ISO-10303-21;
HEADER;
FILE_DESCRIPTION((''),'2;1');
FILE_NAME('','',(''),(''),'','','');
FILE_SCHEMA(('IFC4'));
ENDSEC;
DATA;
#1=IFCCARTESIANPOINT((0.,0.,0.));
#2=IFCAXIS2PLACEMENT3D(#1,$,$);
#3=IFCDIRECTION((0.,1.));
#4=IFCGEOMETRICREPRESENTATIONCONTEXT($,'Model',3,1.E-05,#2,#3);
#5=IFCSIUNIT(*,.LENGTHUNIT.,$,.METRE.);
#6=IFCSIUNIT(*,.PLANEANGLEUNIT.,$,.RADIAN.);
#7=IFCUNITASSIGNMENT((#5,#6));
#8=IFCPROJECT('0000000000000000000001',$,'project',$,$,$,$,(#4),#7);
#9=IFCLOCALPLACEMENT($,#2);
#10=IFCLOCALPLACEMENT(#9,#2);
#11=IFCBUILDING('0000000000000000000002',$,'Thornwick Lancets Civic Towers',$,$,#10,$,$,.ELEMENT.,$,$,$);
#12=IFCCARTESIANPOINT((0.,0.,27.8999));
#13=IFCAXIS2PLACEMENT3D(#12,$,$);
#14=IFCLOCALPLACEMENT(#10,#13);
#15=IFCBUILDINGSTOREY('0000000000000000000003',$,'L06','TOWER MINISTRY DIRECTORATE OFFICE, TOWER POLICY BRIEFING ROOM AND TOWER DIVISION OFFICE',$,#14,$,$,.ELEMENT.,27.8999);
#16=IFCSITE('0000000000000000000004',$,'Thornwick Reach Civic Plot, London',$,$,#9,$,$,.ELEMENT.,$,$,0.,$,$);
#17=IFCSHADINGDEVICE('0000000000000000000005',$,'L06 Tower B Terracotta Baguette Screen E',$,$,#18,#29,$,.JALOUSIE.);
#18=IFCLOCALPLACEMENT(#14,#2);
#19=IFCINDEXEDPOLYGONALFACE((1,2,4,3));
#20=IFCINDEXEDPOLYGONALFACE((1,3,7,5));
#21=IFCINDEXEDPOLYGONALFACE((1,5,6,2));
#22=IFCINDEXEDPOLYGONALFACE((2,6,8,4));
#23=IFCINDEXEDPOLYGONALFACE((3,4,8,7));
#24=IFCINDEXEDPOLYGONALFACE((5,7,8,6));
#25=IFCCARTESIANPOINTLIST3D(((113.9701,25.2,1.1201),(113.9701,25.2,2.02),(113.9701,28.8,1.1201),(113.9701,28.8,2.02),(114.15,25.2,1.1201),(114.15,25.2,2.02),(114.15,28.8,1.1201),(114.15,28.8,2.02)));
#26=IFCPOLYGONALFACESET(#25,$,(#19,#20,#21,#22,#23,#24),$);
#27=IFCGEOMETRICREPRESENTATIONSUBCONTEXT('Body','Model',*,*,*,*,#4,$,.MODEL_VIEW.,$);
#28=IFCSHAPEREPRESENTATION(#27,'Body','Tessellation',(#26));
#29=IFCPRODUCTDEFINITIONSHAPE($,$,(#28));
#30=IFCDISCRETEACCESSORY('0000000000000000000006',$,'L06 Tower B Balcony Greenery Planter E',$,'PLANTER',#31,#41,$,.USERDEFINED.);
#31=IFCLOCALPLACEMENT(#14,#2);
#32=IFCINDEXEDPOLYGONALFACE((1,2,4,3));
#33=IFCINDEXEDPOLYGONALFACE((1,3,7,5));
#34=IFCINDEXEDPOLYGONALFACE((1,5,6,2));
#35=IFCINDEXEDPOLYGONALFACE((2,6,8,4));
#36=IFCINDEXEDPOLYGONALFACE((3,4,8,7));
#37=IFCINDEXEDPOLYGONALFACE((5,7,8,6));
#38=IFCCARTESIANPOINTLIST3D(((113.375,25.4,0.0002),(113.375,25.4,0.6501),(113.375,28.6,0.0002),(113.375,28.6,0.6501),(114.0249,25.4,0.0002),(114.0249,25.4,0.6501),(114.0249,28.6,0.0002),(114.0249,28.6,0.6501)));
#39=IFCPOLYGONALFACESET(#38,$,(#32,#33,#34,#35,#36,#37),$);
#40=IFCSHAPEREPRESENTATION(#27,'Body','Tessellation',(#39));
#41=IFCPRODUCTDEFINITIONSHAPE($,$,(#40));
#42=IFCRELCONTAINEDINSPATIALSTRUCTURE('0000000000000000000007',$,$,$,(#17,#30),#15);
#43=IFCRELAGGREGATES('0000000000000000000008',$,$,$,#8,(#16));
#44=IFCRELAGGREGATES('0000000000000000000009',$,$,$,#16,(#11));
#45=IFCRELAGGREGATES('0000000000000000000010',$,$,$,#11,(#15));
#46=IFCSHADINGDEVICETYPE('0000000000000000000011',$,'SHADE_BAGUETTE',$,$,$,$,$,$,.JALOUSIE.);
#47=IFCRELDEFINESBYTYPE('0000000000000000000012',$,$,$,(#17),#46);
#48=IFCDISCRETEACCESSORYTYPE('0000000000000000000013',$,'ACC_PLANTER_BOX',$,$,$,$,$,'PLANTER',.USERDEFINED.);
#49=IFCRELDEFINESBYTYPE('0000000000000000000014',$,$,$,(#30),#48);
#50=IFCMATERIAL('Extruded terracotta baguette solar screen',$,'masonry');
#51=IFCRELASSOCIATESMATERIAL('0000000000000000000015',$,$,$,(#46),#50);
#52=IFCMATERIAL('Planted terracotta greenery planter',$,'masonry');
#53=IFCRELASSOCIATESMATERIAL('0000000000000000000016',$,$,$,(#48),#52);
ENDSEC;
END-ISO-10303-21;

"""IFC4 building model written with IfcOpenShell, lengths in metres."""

from ifc_helpers import new_model, si_unit, direction, frame, origin, origin_2d, place, context, subcontext, project, spatial, rectangle, extrude, material, type_object, element, save


model = new_model("IFC4")

# Units and contexts
model_context = context("Model", 3, precision=1e-05, world=origin(), true_north=direction((0.0, 1.0)))
body_context = subcontext(model_context, "Body", "Model", "MODEL_VIEW")
ifc_project = project(units=[si_unit("LENGTHUNIT", "METRE"), si_unit("PLANEANGLEUNIT", "RADIAN")], contexts=[model_context])

# Site, building, storey
site_placement = place(None, origin())
site = spatial("IfcSite", under=ifc_project, at=site_placement, Name="Thornwick Reach Civic Plot, London", CompositionType="ELEMENT", RefElevation=0.0)
building_placement = place(site_placement, origin())
building = spatial("IfcBuilding", under=site, at=building_placement, Name="Thornwick Lancets Civic Towers", CompositionType="ELEMENT")
storey_placement = place(building_placement, frame((0.0, 0.0, 27.8999)))
storey = spatial("IfcBuildingStorey", under=building, at=storey_placement, Name="L06", Description="TOWER MINISTRY DIRECTORATE OFFICE, TOWER POLICY BRIEFING ROOM AND TOWER DIVISION OFFICE", CompositionType="ELEMENT", Elevation=27.8999)

# Shading device
ifc_material_1 = material(Name="Extruded terracotta baguette solar screen", Category="masonry")
shading_device_type = type_object("IfcShadingDeviceType", Name="SHADE_BAGUETTE", PredefinedType="JALOUSIE", material=ifc_material_1)
shading_device_placement = place(storey_placement, frame((114.0601, 27.0, 1.1201), z_axis=(0.0, 0.0, 1.0), x_axis=(0.0, 1.0, 0.0)))
element("IfcShadingDevice", 1, at=shading_device_placement, inside=storey, type_object=shading_device_type, Name="L06 Tower B Terracotta Baguette Screen E", PredefinedType="JALOUSIE", context=body_context, shape_type="SweptSolid", body=[
    extrude(rectangle(XDim=3.6001, YDim=0.1799, at=origin_2d()), origin(), (0.0, 0.0, 1.0), 0.8999),
])

# Discrete accessory
ifc_material_2 = material(Name="Planted terracotta greenery planter", Category="masonry")
discrete_accessory_type = type_object("IfcDiscreteAccessoryType", Name="ACC_PLANTER_BOX", ElementType="PLANTER", PredefinedType="USERDEFINED", material=ifc_material_2)
discrete_accessory_placement = place(storey_placement, frame((113.7, 27.0, 0.0002), z_axis=(0.0, 0.0, 1.0), x_axis=(1.0, 0.0, 0.0)))
element("IfcDiscreteAccessory", 2, at=discrete_accessory_placement, inside=storey, type_object=discrete_accessory_type, Name="L06 Tower B Balcony Greenery Planter E", ObjectType="PLANTER", PredefinedType="USERDEFINED", context=body_context, shape_type="SweptSolid", body=[
    extrude(rectangle(XDim=0.6499, YDim=3.2, at=origin_2d()), origin(), (0.0, 0.0, 1.0), 0.6499),
])

save(model, "model.ifc")
